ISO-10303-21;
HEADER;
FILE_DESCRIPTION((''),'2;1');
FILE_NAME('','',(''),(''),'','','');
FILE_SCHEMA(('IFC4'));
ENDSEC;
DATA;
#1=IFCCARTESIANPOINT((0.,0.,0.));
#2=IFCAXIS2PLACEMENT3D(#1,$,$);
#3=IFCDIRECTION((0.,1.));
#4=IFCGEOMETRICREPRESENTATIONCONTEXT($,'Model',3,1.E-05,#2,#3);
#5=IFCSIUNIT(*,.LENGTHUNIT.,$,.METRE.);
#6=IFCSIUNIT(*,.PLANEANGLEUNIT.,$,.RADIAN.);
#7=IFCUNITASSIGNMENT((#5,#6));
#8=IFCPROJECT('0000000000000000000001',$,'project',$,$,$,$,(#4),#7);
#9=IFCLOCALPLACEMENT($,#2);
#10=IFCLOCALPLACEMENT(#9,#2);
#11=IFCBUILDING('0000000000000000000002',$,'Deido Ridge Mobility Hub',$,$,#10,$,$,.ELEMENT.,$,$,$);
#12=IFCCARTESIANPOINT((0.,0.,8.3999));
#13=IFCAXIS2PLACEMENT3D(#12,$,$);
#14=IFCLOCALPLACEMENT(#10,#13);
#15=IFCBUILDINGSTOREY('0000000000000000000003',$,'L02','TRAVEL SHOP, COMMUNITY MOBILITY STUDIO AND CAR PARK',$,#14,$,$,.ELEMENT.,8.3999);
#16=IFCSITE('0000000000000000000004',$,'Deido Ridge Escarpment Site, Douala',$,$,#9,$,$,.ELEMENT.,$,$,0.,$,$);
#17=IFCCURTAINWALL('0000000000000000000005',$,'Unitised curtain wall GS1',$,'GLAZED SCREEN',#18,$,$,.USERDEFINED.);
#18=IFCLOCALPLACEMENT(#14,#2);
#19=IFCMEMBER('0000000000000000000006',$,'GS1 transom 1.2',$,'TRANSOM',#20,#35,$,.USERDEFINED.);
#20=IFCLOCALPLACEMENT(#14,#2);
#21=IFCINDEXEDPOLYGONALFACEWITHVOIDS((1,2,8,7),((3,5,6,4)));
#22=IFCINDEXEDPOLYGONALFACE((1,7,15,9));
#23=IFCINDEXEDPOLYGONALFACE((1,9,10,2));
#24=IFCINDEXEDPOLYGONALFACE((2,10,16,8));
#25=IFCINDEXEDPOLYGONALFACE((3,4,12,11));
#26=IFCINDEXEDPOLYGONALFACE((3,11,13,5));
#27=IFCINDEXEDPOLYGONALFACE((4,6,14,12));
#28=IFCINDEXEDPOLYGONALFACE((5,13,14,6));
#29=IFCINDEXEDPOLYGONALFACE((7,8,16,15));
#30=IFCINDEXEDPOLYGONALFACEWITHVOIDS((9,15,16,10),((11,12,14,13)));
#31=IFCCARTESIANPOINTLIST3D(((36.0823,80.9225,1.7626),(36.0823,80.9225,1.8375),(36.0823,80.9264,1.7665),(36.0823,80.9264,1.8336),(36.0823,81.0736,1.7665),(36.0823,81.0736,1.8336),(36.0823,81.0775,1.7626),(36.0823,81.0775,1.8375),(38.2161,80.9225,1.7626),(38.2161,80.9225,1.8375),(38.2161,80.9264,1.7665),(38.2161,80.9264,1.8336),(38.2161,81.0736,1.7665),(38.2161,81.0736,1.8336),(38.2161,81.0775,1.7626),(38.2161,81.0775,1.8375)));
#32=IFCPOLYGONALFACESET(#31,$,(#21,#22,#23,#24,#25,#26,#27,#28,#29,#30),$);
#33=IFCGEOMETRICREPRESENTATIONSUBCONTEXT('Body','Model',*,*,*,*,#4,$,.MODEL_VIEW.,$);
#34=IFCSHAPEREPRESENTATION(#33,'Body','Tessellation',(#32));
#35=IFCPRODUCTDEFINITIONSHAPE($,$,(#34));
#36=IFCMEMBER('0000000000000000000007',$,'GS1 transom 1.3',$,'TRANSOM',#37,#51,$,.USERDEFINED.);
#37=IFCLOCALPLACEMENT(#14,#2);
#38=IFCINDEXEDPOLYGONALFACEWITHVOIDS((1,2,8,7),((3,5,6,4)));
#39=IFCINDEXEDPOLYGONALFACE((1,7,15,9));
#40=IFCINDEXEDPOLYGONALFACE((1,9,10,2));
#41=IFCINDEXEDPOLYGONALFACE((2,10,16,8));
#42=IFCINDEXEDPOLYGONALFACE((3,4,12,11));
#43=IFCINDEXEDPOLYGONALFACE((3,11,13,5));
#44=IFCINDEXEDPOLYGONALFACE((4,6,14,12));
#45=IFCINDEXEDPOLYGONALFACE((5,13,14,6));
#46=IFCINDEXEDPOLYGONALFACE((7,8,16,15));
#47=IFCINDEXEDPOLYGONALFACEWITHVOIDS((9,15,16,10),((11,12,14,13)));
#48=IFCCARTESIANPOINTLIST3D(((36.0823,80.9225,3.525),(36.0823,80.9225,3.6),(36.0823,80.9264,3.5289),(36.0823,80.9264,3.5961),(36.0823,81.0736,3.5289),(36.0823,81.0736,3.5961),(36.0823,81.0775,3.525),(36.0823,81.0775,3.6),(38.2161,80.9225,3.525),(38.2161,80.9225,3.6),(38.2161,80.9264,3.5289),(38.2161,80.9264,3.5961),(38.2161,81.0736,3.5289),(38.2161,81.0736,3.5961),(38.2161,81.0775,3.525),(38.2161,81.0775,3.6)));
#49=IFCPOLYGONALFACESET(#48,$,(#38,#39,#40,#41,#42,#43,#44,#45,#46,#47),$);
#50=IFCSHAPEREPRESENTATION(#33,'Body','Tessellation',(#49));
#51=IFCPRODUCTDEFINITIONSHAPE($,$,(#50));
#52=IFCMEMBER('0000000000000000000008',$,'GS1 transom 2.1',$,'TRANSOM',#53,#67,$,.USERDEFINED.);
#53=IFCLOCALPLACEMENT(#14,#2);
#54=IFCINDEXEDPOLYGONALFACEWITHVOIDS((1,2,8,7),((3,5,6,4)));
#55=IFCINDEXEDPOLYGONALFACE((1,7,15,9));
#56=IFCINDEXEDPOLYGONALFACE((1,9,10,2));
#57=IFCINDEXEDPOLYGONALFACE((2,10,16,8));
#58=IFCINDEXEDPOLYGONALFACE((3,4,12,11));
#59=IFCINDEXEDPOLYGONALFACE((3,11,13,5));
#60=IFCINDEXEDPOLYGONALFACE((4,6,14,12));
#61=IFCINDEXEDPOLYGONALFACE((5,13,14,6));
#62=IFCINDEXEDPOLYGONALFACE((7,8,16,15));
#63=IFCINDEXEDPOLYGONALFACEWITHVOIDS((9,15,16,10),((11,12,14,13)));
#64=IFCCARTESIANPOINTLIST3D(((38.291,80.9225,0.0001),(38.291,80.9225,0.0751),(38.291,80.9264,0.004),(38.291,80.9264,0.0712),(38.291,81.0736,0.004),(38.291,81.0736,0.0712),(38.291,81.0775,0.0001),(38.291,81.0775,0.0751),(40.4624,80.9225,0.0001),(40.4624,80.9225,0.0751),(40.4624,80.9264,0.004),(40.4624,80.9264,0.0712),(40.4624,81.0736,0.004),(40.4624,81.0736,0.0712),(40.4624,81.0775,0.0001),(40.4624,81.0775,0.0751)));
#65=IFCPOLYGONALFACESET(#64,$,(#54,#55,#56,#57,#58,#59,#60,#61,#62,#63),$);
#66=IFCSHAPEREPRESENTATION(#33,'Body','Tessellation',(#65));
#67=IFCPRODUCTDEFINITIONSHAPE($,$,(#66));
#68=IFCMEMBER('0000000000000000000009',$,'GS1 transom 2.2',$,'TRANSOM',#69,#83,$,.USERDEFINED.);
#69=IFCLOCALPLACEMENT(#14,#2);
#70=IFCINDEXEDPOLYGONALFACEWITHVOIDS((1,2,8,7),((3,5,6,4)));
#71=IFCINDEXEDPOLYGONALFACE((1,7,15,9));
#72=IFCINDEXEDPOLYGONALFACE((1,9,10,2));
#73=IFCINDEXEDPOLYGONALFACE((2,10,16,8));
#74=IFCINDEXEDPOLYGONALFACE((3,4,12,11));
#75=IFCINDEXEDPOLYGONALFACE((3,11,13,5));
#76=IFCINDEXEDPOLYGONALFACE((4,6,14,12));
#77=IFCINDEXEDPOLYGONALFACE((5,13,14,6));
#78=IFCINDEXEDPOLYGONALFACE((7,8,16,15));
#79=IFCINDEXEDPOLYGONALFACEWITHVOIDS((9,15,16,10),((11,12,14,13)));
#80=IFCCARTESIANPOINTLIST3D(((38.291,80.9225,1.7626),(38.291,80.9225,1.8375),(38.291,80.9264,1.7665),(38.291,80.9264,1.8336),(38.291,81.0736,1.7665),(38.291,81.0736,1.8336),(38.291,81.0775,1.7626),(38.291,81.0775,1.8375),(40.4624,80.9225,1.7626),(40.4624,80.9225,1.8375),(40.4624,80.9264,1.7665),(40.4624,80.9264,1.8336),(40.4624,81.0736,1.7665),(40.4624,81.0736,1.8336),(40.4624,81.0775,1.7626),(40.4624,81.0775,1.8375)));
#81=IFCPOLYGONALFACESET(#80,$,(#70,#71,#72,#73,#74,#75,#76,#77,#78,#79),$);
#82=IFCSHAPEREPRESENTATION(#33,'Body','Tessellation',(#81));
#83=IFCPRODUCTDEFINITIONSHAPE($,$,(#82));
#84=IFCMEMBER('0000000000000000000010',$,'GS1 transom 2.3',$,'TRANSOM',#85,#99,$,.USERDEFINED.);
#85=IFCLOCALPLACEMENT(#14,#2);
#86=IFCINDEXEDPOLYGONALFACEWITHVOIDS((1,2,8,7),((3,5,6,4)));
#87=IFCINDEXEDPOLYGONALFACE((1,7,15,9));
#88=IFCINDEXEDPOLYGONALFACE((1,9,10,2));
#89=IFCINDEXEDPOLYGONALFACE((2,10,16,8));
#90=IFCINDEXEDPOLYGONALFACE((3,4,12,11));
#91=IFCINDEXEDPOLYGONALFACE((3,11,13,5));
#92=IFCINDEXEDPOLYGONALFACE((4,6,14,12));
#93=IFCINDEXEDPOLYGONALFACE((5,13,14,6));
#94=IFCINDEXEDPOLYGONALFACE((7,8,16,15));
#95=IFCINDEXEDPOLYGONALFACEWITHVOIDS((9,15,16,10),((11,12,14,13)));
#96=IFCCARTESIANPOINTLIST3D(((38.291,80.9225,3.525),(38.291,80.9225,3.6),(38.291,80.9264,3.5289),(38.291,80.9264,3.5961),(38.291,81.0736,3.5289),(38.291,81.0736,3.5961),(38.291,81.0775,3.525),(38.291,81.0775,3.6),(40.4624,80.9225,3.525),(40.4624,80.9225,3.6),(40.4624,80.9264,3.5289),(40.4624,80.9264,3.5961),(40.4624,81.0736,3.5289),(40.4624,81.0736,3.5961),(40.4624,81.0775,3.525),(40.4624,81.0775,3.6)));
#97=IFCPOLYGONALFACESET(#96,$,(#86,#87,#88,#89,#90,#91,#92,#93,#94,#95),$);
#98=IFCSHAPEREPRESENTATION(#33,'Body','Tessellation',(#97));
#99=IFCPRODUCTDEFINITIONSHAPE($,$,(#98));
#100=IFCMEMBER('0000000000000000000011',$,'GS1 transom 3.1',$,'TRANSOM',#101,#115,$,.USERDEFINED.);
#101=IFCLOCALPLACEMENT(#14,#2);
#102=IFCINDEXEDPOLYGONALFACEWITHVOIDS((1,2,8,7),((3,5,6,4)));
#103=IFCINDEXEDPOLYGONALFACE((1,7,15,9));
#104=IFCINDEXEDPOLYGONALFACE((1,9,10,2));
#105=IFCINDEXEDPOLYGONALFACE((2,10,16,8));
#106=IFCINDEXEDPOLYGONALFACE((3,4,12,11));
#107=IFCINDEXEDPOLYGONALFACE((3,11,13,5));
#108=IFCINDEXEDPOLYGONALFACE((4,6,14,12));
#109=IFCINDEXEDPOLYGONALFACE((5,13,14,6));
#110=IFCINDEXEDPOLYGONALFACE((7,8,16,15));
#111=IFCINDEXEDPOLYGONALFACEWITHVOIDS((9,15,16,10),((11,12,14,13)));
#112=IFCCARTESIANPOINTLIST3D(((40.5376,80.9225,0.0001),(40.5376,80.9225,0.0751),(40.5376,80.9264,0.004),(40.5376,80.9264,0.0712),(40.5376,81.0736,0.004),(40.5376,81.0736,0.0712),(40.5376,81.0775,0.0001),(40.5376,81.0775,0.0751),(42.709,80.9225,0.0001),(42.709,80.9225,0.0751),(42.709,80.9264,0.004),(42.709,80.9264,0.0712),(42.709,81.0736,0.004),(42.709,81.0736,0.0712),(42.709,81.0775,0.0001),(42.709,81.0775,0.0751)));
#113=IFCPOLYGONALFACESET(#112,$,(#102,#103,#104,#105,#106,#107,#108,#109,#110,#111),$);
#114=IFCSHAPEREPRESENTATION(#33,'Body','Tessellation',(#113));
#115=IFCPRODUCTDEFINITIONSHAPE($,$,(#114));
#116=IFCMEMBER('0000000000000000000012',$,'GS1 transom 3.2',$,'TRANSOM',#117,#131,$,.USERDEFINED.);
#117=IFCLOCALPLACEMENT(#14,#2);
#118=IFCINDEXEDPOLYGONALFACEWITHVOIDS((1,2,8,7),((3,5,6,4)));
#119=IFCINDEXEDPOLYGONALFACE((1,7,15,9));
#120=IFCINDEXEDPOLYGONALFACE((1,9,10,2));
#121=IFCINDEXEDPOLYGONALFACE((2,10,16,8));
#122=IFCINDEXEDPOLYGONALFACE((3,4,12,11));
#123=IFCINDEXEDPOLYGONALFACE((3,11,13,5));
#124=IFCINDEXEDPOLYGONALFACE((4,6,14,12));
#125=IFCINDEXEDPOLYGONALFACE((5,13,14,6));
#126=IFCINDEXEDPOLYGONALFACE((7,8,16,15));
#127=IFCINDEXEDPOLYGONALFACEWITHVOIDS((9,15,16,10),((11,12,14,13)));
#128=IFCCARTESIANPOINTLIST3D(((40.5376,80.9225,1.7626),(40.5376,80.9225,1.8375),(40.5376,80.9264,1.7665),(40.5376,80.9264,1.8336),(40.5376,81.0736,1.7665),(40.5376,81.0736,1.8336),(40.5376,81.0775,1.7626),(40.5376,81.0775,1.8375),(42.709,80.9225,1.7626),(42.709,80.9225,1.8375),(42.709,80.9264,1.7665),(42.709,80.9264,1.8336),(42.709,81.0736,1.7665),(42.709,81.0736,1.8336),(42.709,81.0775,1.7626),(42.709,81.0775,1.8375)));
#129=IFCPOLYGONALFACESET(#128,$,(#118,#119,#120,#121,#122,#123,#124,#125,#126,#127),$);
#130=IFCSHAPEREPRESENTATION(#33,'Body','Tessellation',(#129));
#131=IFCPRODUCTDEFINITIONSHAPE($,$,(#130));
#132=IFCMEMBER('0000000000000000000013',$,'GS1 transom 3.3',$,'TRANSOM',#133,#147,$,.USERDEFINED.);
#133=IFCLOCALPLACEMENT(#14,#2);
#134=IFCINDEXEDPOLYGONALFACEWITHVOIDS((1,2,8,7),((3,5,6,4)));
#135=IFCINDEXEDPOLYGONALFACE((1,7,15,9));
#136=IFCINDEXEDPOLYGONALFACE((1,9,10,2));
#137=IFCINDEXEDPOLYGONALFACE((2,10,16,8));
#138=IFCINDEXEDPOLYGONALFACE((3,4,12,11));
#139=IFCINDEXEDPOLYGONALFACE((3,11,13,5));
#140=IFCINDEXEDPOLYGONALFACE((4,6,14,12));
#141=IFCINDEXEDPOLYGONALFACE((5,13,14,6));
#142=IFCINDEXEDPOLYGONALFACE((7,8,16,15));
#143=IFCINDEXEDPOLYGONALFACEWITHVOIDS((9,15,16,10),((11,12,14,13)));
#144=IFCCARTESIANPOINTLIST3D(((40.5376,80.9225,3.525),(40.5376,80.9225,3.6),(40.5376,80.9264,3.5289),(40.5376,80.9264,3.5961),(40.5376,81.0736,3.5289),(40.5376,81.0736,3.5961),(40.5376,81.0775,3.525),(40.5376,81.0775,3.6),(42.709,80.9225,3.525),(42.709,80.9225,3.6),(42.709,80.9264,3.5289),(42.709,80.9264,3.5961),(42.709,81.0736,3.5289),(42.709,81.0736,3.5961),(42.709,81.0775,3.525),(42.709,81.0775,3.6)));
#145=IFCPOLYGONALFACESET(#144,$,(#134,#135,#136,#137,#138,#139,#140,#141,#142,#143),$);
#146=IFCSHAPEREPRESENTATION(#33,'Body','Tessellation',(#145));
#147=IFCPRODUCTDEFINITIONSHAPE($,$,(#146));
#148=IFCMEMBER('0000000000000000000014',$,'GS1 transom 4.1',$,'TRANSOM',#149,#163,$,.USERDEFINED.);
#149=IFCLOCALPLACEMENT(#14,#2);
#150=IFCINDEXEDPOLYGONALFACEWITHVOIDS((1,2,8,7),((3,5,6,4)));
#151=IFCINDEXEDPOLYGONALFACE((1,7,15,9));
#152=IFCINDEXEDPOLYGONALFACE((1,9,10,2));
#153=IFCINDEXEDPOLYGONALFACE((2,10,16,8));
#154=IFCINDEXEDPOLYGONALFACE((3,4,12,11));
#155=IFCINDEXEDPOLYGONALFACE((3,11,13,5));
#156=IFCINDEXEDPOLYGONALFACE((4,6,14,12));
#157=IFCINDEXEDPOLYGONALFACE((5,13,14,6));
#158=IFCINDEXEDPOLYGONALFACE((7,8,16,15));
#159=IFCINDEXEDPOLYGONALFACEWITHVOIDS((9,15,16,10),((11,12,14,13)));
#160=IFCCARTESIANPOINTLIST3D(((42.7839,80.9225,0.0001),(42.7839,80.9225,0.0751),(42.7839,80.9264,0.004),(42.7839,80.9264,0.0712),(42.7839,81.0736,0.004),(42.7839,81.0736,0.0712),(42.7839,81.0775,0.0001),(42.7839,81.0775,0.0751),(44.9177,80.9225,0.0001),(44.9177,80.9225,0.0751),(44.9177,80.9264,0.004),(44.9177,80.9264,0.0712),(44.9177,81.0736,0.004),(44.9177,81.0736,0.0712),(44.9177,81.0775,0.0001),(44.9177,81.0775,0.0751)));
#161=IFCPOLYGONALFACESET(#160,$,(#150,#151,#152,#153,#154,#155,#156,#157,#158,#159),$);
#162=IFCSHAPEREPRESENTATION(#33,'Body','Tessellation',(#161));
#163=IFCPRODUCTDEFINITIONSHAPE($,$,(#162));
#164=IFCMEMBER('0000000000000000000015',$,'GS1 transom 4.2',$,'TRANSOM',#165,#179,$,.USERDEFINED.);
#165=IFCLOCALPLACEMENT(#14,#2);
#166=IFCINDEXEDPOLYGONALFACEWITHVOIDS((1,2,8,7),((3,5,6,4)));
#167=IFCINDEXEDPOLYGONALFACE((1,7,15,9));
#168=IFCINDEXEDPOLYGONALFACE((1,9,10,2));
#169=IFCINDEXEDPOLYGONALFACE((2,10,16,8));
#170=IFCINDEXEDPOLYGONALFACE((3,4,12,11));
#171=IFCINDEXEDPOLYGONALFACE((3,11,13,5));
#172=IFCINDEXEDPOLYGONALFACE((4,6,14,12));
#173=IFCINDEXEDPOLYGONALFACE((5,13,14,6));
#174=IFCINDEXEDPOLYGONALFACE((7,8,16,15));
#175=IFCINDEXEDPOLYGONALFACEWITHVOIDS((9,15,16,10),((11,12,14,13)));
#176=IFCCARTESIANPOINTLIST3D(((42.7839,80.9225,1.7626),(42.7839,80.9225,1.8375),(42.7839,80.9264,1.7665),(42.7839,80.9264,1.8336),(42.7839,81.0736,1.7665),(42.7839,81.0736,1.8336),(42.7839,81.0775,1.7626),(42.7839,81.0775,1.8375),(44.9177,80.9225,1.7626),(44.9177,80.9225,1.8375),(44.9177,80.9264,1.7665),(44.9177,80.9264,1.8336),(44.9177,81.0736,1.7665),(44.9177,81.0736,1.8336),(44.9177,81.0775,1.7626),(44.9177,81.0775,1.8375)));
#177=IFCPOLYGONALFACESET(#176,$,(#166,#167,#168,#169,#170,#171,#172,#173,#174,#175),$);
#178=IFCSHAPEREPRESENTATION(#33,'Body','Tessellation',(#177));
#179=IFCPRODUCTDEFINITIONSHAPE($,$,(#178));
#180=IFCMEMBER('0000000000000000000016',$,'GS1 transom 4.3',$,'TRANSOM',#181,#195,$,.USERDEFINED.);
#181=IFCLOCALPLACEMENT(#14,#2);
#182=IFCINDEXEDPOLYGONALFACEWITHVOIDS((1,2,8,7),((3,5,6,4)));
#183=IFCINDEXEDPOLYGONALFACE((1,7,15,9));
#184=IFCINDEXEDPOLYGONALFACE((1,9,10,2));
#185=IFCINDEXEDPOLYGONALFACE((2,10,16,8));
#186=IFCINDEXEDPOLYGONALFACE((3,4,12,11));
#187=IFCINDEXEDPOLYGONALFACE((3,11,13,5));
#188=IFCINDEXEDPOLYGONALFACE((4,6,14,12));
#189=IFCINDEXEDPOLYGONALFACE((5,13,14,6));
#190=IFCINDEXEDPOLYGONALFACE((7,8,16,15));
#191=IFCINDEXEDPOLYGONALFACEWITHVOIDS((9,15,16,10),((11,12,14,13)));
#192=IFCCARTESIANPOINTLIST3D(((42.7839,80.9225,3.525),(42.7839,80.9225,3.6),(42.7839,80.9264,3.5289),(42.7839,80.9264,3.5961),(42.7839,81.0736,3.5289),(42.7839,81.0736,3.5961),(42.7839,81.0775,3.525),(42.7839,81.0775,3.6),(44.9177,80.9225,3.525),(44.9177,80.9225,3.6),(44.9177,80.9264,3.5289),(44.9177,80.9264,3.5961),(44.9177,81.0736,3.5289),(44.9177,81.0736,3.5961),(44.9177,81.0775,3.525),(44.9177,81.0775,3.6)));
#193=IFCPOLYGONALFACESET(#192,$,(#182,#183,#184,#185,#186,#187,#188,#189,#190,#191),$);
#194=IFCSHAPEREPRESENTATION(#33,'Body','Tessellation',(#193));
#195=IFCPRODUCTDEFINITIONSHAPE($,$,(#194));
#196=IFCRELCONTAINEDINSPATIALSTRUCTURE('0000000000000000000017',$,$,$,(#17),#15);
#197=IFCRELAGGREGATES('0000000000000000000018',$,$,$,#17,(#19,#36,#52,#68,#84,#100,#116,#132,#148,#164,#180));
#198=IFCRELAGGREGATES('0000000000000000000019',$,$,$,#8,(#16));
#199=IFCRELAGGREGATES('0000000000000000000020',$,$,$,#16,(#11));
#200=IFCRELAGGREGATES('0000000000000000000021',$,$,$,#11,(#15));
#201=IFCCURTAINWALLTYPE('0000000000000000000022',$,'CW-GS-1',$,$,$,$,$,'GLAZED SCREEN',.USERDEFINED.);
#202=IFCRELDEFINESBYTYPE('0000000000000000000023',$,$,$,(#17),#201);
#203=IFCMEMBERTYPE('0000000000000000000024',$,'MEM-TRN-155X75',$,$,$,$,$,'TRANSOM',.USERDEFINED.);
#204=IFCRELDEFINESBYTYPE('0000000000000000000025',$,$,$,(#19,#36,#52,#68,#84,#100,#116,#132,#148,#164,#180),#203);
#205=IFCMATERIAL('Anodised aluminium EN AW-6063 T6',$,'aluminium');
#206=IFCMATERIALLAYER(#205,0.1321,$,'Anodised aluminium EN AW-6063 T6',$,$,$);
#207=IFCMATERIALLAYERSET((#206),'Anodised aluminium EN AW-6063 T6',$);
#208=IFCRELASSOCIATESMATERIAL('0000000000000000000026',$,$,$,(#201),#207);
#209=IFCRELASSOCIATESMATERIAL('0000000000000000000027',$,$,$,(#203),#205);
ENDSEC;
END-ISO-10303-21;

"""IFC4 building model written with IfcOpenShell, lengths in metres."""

from ifc_helpers import new_model, si_unit, direction, frame, origin, origin_2d, place, context, subcontext, project, spatial, hollow_rectangle, extrude, material, layer, layer_set, material_profile, profile_set, type_object, element, aggregate, save


model = new_model("IFC4")

# Units and contexts
model_context = context("Model", 3, precision=1e-05, world=origin(), true_north=direction((0.0, 1.0)))
body_context = subcontext(model_context, "Body", "Model", "MODEL_VIEW")
ifc_project = project(units=[si_unit("LENGTHUNIT", "METRE"), si_unit("PLANEANGLEUNIT", "RADIAN")], contexts=[model_context])

# Site, building, storey
site_placement = place(None, origin())
site = spatial("IfcSite", under=ifc_project, at=site_placement, Name="Deido Ridge Escarpment Site, Douala", CompositionType="ELEMENT", RefElevation=0.0)
building_placement = place(site_placement, origin())
building = spatial("IfcBuilding", under=site, at=building_placement, Name="Deido Ridge Mobility Hub", CompositionType="ELEMENT")
storey_placement = place(building_placement, frame((0.0, 0.0, 8.3999)))
storey = spatial("IfcBuildingStorey", under=building, at=storey_placement, Name="L02", Description="TRAVEL SHOP, COMMUNITY MOBILITY STUDIO AND CAR PARK", CompositionType="ELEMENT", Elevation=8.3999)

# Shared definitions
ifc_material_1 = material(Name="Anodised aluminium EN AW-6063 T6", Category="aluminium")

# Curtain wall
ifc_layer_1 = layer(ifc_material_1, 0.1321, Name="Anodised aluminium EN AW-6063 T6")
ifc_layer_set_1 = layer_set([ifc_layer_1], Name="Anodised aluminium EN AW-6063 T6")
curtain_wall_type_1 = type_object("IfcCurtainWallType", Name="CW-GS-1", ElementType="GLAZED SCREEN", PredefinedType="USERDEFINED", material=ifc_layer_set_1)
curtain_wall_1_placement = place(storey_placement, origin())
curtain_wall_1 = element("IfcCurtainWall", 1, at=curtain_wall_1_placement, inside=storey, type_object=curtain_wall_type_1, Name="Unitised curtain wall GS1", ObjectType="GLAZED SCREEN", PredefinedType="USERDEFINED")

# Members
ifc_material_profile_1 = material_profile(ifc_material_1, hollow_rectangle(XDim=0.155, YDim=0.075, WallThickness=0.0039, at=origin_2d()), Name="RHS 155x75x4")
ifc_profile_set_1 = profile_set([ifc_material_profile_1], Name="Anodised aluminium EN AW-6063 T6")
member_type_1 = type_object("IfcMemberType", Name="MEM-TRN-155X75", ElementType="TRANSOM", PredefinedType="USERDEFINED", material=ifc_profile_set_1)
member_1_placement = place(storey_placement, frame((36.0823, 81.0, 1.8), z_axis=(1.0, 0.0, 0.0), x_axis=(0.0, 1.0, 0.0)))
member_1 = element("IfcMember", 2, at=member_1_placement, type_object=member_type_1, Name="GS1 transom 1.2", ObjectType="TRANSOM", PredefinedType="USERDEFINED", context=body_context, shape_type="SweptSolid", body=[
    extrude(hollow_rectangle(XDim=0.155, YDim=0.075, WallThickness=0.0039, at=origin_2d()), origin(), (0.0, 0.0, 1.0), 2.1338),
])
member_2_placement = place(storey_placement, frame((36.0823, 81.0, 3.5625), z_axis=(1.0, 0.0, 0.0), x_axis=(0.0, 1.0, 0.0)))
member_2 = element("IfcMember", 3, at=member_2_placement, type_object=member_type_1, Name="GS1 transom 1.3", ObjectType="TRANSOM", PredefinedType="USERDEFINED", context=body_context, shape_type="SweptSolid", body=[
    extrude(hollow_rectangle(XDim=0.155, YDim=0.075, WallThickness=0.0039, at=origin_2d()), origin(), (0.0, 0.0, 1.0), 2.1338),
])
member_3_placement = place(storey_placement, frame((38.291, 81.0, 0.0376), z_axis=(1.0, 0.0, 0.0), x_axis=(0.0, 1.0, 0.0)))
member_3 = element("IfcMember", 4, at=member_3_placement, type_object=member_type_1, Name="GS1 transom 2.1", ObjectType="TRANSOM", PredefinedType="USERDEFINED", context=body_context, shape_type="SweptSolid", body=[
    extrude(hollow_rectangle(XDim=0.155, YDim=0.075, WallThickness=0.0039, at=origin_2d()), origin(), (0.0, 0.0, 1.0), 2.1714),
])
member_4_placement = place(storey_placement, frame((38.291, 81.0, 1.8), z_axis=(1.0, 0.0, 0.0), x_axis=(0.0, 1.0, 0.0)))
member_4 = element("IfcMember", 5, at=member_4_placement, type_object=member_type_1, Name="GS1 transom 2.2", ObjectType="TRANSOM", PredefinedType="USERDEFINED", context=body_context, shape_type="SweptSolid", body=[
    extrude(hollow_rectangle(XDim=0.155, YDim=0.075, WallThickness=0.0039, at=origin_2d()), origin(), (0.0, 0.0, 1.0), 2.1714),
])
member_5_placement = place(storey_placement, frame((38.291, 81.0, 3.5625), z_axis=(1.0, 0.0, 0.0), x_axis=(0.0, 1.0, 0.0)))
member_5 = element("IfcMember", 6, at=member_5_placement, type_object=member_type_1, Name="GS1 transom 2.3", ObjectType="TRANSOM", PredefinedType="USERDEFINED", context=body_context, shape_type="SweptSolid", body=[
    extrude(hollow_rectangle(XDim=0.155, YDim=0.075, WallThickness=0.0039, at=origin_2d()), origin(), (0.0, 0.0, 1.0), 2.1714),
])
member_6_placement = place(storey_placement, frame((40.5376, 81.0, 0.0376), z_axis=(1.0, 0.0, 0.0), x_axis=(0.0, 1.0, 0.0)))
member_6 = element("IfcMember", 7, at=member_6_placement, type_object=member_type_1, Name="GS1 transom 3.1", ObjectType="TRANSOM", PredefinedType="USERDEFINED", context=body_context, shape_type="SweptSolid", body=[
    extrude(hollow_rectangle(XDim=0.155, YDim=0.075, WallThickness=0.0039, at=origin_2d()), origin(), (0.0, 0.0, 1.0), 2.1714),
])
member_7_placement = place(storey_placement, frame((40.5376, 81.0, 1.8), z_axis=(1.0, 0.0, 0.0), x_axis=(0.0, 1.0, 0.0)))
member_7 = element("IfcMember", 8, at=member_7_placement, type_object=member_type_1, Name="GS1 transom 3.2", ObjectType="TRANSOM", PredefinedType="USERDEFINED", context=body_context, shape_type="SweptSolid", body=[
    extrude(hollow_rectangle(XDim=0.155, YDim=0.075, WallThickness=0.0039, at=origin_2d()), origin(), (0.0, 0.0, 1.0), 2.1714),
])
member_8_placement = place(storey_placement, frame((40.5376, 81.0, 3.5625), z_axis=(1.0, 0.0, 0.0), x_axis=(0.0, 1.0, 0.0)))
member_8 = element("IfcMember", 9, at=member_8_placement, type_object=member_type_1, Name="GS1 transom 3.3", ObjectType="TRANSOM", PredefinedType="USERDEFINED", context=body_context, shape_type="SweptSolid", body=[
    extrude(hollow_rectangle(XDim=0.155, YDim=0.075, WallThickness=0.0039, at=origin_2d()), origin(), (0.0, 0.0, 1.0), 2.1714),
])
member_9_placement = place(storey_placement, frame((42.7839, 81.0, 0.0376), z_axis=(1.0, 0.0, 0.0), x_axis=(0.0, 1.0, 0.0)))
member_9 = element("IfcMember", 10, at=member_9_placement, type_object=member_type_1, Name="GS1 transom 4.1", ObjectType="TRANSOM", PredefinedType="USERDEFINED", context=body_context, shape_type="SweptSolid", body=[
    extrude(hollow_rectangle(XDim=0.155, YDim=0.075, WallThickness=0.0039, at=origin_2d()), origin(), (0.0, 0.0, 1.0), 2.1338),
])
member_10_placement = place(storey_placement, frame((42.7839, 81.0, 1.8), z_axis=(1.0, 0.0, 0.0), x_axis=(0.0, 1.0, 0.0)))
member_10 = element("IfcMember", 11, at=member_10_placement, type_object=member_type_1, Name="GS1 transom 4.2", ObjectType="TRANSOM", PredefinedType="USERDEFINED", context=body_context, shape_type="SweptSolid", body=[
    extrude(hollow_rectangle(XDim=0.155, YDim=0.075, WallThickness=0.0039, at=origin_2d()), origin(), (0.0, 0.0, 1.0), 2.1338),
])
member_11_placement = place(storey_placement, frame((42.7839, 81.0, 3.5625), z_axis=(1.0, 0.0, 0.0), x_axis=(0.0, 1.0, 0.0)))
member_11 = element("IfcMember", 12, at=member_11_placement, type_object=member_type_1, Name="GS1 transom 4.3", ObjectType="TRANSOM", PredefinedType="USERDEFINED", context=body_context, shape_type="SweptSolid", body=[
    extrude(hollow_rectangle(XDim=0.155, YDim=0.075, WallThickness=0.0039, at=origin_2d()), origin(), (0.0, 0.0, 1.0), 2.1338),
])

aggregate(curtain_wall_1, [member_1, member_2, member_3, member_4, member_5, member_6, member_7, member_8, member_9, member_10, member_11])

save(model, "model.ifc")
